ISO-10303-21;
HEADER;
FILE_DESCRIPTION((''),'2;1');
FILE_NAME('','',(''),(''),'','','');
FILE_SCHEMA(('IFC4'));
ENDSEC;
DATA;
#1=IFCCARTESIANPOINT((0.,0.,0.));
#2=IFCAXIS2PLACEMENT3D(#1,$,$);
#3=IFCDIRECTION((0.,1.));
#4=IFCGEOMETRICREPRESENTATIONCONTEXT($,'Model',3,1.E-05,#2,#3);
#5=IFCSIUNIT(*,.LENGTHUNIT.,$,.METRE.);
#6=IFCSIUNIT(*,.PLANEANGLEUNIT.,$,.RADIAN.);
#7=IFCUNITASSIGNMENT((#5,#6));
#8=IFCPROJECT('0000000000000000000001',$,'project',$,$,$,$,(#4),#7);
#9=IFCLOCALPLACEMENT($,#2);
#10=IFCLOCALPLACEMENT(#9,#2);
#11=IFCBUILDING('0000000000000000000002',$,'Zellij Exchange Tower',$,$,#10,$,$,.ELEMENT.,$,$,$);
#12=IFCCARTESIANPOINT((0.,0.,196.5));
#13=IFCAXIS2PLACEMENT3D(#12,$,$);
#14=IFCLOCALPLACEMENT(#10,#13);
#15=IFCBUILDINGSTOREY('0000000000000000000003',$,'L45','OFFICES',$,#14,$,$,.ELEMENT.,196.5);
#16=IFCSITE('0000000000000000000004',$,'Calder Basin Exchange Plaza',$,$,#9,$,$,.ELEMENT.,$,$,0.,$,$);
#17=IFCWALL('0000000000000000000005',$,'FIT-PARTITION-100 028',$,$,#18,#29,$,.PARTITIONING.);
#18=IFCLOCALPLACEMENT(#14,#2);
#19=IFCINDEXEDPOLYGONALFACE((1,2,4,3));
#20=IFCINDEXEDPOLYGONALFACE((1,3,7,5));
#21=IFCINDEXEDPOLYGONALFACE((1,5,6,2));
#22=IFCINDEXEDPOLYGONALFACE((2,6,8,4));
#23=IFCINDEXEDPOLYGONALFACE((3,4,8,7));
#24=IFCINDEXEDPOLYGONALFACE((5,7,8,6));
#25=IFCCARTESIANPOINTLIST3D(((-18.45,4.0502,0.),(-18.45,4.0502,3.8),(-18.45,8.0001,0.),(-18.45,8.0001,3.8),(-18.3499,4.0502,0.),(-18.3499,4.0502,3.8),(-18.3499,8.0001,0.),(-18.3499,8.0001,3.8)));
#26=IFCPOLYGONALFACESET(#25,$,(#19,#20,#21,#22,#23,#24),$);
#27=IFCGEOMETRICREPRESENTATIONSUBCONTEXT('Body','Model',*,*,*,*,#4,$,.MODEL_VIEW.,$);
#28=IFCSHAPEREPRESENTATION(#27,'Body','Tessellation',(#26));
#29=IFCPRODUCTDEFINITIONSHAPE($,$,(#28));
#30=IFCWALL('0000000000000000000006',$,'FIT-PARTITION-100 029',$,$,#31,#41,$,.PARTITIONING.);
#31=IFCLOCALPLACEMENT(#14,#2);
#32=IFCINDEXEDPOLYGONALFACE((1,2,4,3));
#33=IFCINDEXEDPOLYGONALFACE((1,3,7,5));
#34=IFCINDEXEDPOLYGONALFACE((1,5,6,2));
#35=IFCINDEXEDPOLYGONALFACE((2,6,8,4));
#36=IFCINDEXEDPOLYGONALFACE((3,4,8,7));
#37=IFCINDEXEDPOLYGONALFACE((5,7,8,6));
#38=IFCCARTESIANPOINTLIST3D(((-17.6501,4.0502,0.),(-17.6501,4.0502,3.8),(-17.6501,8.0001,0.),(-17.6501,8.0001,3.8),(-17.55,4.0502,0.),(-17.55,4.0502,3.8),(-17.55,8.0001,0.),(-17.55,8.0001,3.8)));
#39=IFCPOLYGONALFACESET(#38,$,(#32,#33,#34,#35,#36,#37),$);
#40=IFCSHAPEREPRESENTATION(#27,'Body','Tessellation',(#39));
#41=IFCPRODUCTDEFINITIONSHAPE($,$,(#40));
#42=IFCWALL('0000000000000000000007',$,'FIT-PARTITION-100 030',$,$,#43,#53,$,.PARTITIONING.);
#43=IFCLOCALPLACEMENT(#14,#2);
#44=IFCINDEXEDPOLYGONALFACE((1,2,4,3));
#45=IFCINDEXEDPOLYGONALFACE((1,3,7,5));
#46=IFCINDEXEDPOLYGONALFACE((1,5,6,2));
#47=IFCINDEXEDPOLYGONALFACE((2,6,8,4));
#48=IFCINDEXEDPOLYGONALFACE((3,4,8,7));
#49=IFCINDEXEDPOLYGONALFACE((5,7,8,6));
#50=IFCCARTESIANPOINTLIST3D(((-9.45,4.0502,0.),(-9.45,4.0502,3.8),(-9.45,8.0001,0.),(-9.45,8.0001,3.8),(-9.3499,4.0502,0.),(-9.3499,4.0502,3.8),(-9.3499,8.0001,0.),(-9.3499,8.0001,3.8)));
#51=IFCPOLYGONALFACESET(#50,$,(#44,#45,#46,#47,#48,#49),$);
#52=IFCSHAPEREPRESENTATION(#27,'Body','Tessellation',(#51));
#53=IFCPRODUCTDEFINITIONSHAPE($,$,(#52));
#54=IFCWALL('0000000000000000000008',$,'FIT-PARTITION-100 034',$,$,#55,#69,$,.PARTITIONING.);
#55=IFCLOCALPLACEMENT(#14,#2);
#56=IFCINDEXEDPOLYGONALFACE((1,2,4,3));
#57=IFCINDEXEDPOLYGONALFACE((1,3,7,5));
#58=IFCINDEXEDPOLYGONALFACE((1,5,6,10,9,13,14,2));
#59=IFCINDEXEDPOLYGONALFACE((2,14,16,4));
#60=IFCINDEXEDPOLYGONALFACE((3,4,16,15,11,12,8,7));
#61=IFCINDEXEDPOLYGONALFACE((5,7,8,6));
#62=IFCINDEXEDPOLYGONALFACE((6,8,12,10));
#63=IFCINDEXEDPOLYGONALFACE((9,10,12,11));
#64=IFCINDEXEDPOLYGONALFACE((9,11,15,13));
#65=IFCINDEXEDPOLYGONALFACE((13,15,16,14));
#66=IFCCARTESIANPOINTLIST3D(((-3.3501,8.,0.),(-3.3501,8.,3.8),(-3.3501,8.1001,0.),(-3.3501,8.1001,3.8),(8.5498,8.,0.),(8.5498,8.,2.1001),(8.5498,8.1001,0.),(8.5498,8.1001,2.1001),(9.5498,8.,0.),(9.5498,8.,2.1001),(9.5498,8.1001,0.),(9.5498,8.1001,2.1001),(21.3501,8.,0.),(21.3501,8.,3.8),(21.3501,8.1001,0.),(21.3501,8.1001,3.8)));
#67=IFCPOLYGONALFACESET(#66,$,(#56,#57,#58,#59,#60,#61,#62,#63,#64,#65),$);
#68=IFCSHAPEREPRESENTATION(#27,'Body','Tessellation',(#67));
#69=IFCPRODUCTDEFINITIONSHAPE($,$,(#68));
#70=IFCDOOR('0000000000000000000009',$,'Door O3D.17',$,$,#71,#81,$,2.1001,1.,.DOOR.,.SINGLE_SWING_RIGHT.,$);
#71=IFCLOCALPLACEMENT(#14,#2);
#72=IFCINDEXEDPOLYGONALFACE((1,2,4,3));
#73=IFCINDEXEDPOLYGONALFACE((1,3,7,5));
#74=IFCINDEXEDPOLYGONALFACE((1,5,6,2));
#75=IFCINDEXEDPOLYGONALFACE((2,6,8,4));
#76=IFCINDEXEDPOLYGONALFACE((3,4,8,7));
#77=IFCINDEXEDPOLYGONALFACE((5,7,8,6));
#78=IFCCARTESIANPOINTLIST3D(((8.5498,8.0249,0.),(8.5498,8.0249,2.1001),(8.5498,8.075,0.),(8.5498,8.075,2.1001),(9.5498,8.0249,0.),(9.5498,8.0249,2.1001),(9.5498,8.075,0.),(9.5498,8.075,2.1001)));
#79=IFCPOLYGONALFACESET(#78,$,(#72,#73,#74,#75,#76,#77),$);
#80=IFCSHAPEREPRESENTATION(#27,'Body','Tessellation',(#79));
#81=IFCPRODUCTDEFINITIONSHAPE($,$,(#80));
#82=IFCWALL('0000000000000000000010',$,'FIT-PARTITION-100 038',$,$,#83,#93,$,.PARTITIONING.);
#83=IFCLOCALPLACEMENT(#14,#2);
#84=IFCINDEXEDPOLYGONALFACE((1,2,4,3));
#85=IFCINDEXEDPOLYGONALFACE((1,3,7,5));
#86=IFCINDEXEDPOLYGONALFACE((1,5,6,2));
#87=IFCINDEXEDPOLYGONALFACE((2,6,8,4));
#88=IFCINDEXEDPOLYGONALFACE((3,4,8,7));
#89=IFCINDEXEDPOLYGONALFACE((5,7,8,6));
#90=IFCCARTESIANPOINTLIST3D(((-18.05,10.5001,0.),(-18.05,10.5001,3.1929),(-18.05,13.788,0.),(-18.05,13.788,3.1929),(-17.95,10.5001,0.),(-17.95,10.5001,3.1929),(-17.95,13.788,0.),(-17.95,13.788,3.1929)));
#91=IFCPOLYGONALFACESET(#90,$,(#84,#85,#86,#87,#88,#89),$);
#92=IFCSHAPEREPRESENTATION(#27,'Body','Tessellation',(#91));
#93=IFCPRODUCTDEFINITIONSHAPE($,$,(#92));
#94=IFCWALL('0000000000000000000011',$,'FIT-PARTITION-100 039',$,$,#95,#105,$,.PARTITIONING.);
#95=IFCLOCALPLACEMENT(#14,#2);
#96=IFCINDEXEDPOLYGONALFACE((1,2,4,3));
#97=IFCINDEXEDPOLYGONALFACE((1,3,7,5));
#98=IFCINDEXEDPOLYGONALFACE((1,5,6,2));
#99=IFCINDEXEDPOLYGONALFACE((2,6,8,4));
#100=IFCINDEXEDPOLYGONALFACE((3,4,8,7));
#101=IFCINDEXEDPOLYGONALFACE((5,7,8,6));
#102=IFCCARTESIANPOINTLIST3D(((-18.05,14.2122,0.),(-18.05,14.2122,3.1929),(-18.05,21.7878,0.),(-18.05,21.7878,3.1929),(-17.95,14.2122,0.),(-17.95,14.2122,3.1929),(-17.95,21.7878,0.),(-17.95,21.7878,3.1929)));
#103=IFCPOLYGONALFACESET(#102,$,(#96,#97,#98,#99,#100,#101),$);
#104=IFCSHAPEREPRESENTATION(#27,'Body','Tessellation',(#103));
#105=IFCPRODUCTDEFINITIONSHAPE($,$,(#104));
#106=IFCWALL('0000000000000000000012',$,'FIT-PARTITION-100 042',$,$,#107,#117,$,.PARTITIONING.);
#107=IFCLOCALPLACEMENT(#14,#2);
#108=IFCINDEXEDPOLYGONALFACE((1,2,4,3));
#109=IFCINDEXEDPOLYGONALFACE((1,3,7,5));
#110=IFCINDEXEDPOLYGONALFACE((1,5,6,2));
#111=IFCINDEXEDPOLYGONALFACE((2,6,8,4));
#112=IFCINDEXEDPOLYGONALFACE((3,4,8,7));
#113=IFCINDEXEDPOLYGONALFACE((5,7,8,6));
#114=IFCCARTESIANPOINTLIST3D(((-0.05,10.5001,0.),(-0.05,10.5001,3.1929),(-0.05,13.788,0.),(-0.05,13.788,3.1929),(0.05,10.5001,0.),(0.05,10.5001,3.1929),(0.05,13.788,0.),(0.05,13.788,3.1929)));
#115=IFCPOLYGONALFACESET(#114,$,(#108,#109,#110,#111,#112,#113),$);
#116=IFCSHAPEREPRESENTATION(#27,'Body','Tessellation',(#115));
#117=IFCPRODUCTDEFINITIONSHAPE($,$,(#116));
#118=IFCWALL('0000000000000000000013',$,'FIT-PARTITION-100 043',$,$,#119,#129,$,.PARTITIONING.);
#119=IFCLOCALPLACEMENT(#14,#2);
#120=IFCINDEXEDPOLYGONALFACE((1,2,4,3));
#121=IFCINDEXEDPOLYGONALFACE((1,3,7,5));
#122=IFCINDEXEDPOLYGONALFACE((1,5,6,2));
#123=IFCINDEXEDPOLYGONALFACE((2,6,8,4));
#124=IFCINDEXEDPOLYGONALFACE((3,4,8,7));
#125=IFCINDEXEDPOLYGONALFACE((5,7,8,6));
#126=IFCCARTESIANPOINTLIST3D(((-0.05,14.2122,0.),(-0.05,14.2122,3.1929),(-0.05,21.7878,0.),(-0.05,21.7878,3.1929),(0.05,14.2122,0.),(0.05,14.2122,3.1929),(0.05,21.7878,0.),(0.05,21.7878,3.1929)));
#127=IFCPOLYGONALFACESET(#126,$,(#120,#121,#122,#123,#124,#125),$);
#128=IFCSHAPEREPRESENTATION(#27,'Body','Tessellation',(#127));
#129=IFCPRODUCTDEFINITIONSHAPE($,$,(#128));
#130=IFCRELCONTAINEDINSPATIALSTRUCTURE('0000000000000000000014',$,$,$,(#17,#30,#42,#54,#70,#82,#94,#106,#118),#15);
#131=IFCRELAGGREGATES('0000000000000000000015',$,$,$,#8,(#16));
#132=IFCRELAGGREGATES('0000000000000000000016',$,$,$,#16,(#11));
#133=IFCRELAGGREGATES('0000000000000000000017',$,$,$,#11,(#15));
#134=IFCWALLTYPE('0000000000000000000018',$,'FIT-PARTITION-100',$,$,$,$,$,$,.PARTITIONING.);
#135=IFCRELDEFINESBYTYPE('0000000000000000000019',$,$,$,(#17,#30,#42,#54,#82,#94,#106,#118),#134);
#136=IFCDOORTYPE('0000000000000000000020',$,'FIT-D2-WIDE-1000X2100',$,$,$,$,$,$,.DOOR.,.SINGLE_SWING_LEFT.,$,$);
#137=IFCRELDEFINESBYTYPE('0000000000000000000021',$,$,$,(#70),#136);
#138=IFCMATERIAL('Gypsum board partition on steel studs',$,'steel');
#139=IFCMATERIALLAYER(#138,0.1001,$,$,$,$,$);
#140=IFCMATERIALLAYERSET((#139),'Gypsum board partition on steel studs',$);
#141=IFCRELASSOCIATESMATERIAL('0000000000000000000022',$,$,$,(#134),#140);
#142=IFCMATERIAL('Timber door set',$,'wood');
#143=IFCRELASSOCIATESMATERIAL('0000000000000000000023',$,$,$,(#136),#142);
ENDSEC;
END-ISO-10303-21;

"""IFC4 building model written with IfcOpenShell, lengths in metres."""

from ifc_helpers import new_model, si_unit, direction, frame, frame_2d, origin, place, context, subcontext, project, spatial, rectangle, extrude, material, layer, layer_set, type_object, element, fill, save


model = new_model("IFC4")

# Units and contexts
model_context = context("Model", 3, precision=1e-05, world=origin(), true_north=direction((0.0, 1.0)))
body_context = subcontext(model_context, "Body", "Model", "MODEL_VIEW")
ifc_project = project(units=[si_unit("LENGTHUNIT", "METRE"), si_unit("PLANEANGLEUNIT", "RADIAN")], contexts=[model_context])

# Site, building, storey
site_placement = place(None, origin())
site = spatial("IfcSite", under=ifc_project, at=site_placement, Name="Calder Basin Exchange Plaza", CompositionType="ELEMENT", RefElevation=0.0)
building_placement = place(site_placement, origin())
building = spatial("IfcBuilding", under=site, at=building_placement, Name="Zellij Exchange Tower", CompositionType="ELEMENT")
storey_placement = place(building_placement, frame((0.0, 0.0, 196.5)))
storey = spatial("IfcBuildingStorey", under=building, at=storey_placement, Name="L45", Description="OFFICES", CompositionType="ELEMENT", Elevation=196.5)

# Walls
ifc_material_1 = material(Name="Gypsum board partition on steel studs", Category="steel")
ifc_layer_1 = layer(ifc_material_1, 0.1001)
ifc_layer_set_1 = layer_set([ifc_layer_1], Name="Gypsum board partition on steel studs")
wall_type_1 = type_object("IfcWallType", Name="FIT-PARTITION-100", PredefinedType="PARTITIONING", material=ifc_layer_set_1)
for number, where, z_axis, x_axis, name in (
    (1, (-18.3999, 4.05, 0.0), (0.0, 0.0, 1.0), (0.0, 1.0, 0.0), "FIT-PARTITION-100 028"),
    (2, (-17.6001, 4.05, 0.0), (0.0, 0.0, 1.0), (0.0, 1.0, 0.0), "FIT-PARTITION-100 029"),
    (3, (-9.3999, 4.05, 0.0), (0.0, 0.0, 1.0), (0.0, 1.0, 0.0), "FIT-PARTITION-100 030"),
):
    element("IfcWall", number, at=place(storey_placement, frame(where, z_axis=z_axis, x_axis=x_axis)), inside=storey, type_object=wall_type_1, Name=name, PredefinedType="PARTITIONING", context=body_context, shape_type="SweptSolid", body=[
        extrude(rectangle(XDim=3.95, YDim=0.1001, at=frame_2d((1.9751, 0.0))), origin(), (0.0, 0.0, 1.0), 3.8),
    ])

# Wall, opening, door
wall_1_placement = place(storey_placement, frame((-3.3501, 8.05, 0.0), z_axis=(0.0, 0.0, 1.0), x_axis=(1.0, 0.0, 0.0)))
wall_1 = element("IfcWall", 4, at=wall_1_placement, inside=storey, type_object=wall_type_1, Name="FIT-PARTITION-100 034", PredefinedType="PARTITIONING", context=body_context, shape_type="SweptSolid", body=[
    extrude(rectangle(XDim=24.7002, YDim=0.1001, at=frame_2d((12.3501, 0.0))), origin(), (0.0, 0.0, 1.0), 3.8),
])
opening_placement = place(wall_1_placement, frame((11.8999, 0.0, 0.0)))
opening = element("IfcOpeningElement", 5, at=opening_placement, cuts=wall_1, PredefinedType="OPENING", context=body_context, shape_type="SweptSolid", body=[
    extrude(rectangle(XDim=1.0, YDim=2.1001, at=frame_2d((0.5, 1.05))), frame((0.0, 0.062, 0.0), z_axis=(0.0, -1.0, 0.0), x_axis=(1.0, 0.0, 0.0)), (0.0, 0.0, 1.0), 0.124),
])
ifc_material_2 = material(Name="Timber door set", Category="wood")
door_type = type_object("IfcDoorType", Name="FIT-D2-WIDE-1000X2100", OperationType="SINGLE_SWING_LEFT", PredefinedType="DOOR", material=ifc_material_2)
door_placement = place(opening_placement, origin())
door = element("IfcDoor", 6, at=door_placement, inside=storey, type_object=door_type, Name="Door O3D.17", OperationType="SINGLE_SWING_RIGHT", OverallHeight=2.1001, OverallWidth=1.0, PredefinedType="DOOR", context=body_context, shape_type="SweptSolid", body=[
    extrude(rectangle(XDim=1.0, YDim=2.1001, at=frame_2d((0.5, 1.05))), frame((0.0, 0.0249, 0.0), z_axis=(0.0, -1.0, 0.0), x_axis=(1.0, 0.0, 0.0)), (0.0, 0.0, 1.0), 0.05),
])
fill(opening, door)

# Walls
wall_2_placement = place(storey_placement, frame((-18.0, 10.5, 0.0), z_axis=(0.0, 0.0, 1.0), x_axis=(0.0, 1.0, 0.0)))
element("IfcWall", 7, at=wall_2_placement, inside=storey, type_object=wall_type_1, Name="FIT-PARTITION-100 038", PredefinedType="PARTITIONING", context=body_context, shape_type="SweptSolid", body=[
    extrude(rectangle(XDim=3.2878, YDim=0.1001, at=frame_2d((1.644, 0.0))), origin(), (0.0, 0.0, 1.0), 3.1929),
])
wall_3_placement = place(storey_placement, frame((-18.0, 14.2122, 0.0), z_axis=(0.0, 0.0, 1.0), x_axis=(0.0, 1.0, 0.0)))
element("IfcWall", 8, at=wall_3_placement, inside=storey, type_object=wall_type_1, Name="FIT-PARTITION-100 039", PredefinedType="PARTITIONING", context=body_context, shape_type="SweptSolid", body=[
    extrude(rectangle(XDim=7.5757, YDim=0.1001, at=frame_2d((3.7878, 0.0))), origin(), (0.0, 0.0, 1.0), 3.1929),
])
wall_4_placement = place(storey_placement, frame((0.0, 10.5, 0.0), z_axis=(0.0, 0.0, 1.0), x_axis=(0.0, 1.0, 0.0)))
element("IfcWall", 9, at=wall_4_placement, inside=storey, type_object=wall_type_1, Name="FIT-PARTITION-100 042", PredefinedType="PARTITIONING", context=body_context, shape_type="SweptSolid", body=[
    extrude(rectangle(XDim=3.2878, YDim=0.1001, at=frame_2d((1.644, 0.0))), origin(), (0.0, 0.0, 1.0), 3.1929),
])
wall_5_placement = place(storey_placement, frame((0.0, 14.2122, 0.0), z_axis=(0.0, 0.0, 1.0), x_axis=(0.0, 1.0, 0.0)))
element("IfcWall", 10, at=wall_5_placement, inside=storey, type_object=wall_type_1, Name="FIT-PARTITION-100 043", PredefinedType="PARTITIONING", context=body_context, shape_type="SweptSolid", body=[
    extrude(rectangle(XDim=7.5757, YDim=0.1001, at=frame_2d((3.7878, 0.0))), origin(), (0.0, 0.0, 1.0), 3.1929),
])

save(model, "model.ifc")
